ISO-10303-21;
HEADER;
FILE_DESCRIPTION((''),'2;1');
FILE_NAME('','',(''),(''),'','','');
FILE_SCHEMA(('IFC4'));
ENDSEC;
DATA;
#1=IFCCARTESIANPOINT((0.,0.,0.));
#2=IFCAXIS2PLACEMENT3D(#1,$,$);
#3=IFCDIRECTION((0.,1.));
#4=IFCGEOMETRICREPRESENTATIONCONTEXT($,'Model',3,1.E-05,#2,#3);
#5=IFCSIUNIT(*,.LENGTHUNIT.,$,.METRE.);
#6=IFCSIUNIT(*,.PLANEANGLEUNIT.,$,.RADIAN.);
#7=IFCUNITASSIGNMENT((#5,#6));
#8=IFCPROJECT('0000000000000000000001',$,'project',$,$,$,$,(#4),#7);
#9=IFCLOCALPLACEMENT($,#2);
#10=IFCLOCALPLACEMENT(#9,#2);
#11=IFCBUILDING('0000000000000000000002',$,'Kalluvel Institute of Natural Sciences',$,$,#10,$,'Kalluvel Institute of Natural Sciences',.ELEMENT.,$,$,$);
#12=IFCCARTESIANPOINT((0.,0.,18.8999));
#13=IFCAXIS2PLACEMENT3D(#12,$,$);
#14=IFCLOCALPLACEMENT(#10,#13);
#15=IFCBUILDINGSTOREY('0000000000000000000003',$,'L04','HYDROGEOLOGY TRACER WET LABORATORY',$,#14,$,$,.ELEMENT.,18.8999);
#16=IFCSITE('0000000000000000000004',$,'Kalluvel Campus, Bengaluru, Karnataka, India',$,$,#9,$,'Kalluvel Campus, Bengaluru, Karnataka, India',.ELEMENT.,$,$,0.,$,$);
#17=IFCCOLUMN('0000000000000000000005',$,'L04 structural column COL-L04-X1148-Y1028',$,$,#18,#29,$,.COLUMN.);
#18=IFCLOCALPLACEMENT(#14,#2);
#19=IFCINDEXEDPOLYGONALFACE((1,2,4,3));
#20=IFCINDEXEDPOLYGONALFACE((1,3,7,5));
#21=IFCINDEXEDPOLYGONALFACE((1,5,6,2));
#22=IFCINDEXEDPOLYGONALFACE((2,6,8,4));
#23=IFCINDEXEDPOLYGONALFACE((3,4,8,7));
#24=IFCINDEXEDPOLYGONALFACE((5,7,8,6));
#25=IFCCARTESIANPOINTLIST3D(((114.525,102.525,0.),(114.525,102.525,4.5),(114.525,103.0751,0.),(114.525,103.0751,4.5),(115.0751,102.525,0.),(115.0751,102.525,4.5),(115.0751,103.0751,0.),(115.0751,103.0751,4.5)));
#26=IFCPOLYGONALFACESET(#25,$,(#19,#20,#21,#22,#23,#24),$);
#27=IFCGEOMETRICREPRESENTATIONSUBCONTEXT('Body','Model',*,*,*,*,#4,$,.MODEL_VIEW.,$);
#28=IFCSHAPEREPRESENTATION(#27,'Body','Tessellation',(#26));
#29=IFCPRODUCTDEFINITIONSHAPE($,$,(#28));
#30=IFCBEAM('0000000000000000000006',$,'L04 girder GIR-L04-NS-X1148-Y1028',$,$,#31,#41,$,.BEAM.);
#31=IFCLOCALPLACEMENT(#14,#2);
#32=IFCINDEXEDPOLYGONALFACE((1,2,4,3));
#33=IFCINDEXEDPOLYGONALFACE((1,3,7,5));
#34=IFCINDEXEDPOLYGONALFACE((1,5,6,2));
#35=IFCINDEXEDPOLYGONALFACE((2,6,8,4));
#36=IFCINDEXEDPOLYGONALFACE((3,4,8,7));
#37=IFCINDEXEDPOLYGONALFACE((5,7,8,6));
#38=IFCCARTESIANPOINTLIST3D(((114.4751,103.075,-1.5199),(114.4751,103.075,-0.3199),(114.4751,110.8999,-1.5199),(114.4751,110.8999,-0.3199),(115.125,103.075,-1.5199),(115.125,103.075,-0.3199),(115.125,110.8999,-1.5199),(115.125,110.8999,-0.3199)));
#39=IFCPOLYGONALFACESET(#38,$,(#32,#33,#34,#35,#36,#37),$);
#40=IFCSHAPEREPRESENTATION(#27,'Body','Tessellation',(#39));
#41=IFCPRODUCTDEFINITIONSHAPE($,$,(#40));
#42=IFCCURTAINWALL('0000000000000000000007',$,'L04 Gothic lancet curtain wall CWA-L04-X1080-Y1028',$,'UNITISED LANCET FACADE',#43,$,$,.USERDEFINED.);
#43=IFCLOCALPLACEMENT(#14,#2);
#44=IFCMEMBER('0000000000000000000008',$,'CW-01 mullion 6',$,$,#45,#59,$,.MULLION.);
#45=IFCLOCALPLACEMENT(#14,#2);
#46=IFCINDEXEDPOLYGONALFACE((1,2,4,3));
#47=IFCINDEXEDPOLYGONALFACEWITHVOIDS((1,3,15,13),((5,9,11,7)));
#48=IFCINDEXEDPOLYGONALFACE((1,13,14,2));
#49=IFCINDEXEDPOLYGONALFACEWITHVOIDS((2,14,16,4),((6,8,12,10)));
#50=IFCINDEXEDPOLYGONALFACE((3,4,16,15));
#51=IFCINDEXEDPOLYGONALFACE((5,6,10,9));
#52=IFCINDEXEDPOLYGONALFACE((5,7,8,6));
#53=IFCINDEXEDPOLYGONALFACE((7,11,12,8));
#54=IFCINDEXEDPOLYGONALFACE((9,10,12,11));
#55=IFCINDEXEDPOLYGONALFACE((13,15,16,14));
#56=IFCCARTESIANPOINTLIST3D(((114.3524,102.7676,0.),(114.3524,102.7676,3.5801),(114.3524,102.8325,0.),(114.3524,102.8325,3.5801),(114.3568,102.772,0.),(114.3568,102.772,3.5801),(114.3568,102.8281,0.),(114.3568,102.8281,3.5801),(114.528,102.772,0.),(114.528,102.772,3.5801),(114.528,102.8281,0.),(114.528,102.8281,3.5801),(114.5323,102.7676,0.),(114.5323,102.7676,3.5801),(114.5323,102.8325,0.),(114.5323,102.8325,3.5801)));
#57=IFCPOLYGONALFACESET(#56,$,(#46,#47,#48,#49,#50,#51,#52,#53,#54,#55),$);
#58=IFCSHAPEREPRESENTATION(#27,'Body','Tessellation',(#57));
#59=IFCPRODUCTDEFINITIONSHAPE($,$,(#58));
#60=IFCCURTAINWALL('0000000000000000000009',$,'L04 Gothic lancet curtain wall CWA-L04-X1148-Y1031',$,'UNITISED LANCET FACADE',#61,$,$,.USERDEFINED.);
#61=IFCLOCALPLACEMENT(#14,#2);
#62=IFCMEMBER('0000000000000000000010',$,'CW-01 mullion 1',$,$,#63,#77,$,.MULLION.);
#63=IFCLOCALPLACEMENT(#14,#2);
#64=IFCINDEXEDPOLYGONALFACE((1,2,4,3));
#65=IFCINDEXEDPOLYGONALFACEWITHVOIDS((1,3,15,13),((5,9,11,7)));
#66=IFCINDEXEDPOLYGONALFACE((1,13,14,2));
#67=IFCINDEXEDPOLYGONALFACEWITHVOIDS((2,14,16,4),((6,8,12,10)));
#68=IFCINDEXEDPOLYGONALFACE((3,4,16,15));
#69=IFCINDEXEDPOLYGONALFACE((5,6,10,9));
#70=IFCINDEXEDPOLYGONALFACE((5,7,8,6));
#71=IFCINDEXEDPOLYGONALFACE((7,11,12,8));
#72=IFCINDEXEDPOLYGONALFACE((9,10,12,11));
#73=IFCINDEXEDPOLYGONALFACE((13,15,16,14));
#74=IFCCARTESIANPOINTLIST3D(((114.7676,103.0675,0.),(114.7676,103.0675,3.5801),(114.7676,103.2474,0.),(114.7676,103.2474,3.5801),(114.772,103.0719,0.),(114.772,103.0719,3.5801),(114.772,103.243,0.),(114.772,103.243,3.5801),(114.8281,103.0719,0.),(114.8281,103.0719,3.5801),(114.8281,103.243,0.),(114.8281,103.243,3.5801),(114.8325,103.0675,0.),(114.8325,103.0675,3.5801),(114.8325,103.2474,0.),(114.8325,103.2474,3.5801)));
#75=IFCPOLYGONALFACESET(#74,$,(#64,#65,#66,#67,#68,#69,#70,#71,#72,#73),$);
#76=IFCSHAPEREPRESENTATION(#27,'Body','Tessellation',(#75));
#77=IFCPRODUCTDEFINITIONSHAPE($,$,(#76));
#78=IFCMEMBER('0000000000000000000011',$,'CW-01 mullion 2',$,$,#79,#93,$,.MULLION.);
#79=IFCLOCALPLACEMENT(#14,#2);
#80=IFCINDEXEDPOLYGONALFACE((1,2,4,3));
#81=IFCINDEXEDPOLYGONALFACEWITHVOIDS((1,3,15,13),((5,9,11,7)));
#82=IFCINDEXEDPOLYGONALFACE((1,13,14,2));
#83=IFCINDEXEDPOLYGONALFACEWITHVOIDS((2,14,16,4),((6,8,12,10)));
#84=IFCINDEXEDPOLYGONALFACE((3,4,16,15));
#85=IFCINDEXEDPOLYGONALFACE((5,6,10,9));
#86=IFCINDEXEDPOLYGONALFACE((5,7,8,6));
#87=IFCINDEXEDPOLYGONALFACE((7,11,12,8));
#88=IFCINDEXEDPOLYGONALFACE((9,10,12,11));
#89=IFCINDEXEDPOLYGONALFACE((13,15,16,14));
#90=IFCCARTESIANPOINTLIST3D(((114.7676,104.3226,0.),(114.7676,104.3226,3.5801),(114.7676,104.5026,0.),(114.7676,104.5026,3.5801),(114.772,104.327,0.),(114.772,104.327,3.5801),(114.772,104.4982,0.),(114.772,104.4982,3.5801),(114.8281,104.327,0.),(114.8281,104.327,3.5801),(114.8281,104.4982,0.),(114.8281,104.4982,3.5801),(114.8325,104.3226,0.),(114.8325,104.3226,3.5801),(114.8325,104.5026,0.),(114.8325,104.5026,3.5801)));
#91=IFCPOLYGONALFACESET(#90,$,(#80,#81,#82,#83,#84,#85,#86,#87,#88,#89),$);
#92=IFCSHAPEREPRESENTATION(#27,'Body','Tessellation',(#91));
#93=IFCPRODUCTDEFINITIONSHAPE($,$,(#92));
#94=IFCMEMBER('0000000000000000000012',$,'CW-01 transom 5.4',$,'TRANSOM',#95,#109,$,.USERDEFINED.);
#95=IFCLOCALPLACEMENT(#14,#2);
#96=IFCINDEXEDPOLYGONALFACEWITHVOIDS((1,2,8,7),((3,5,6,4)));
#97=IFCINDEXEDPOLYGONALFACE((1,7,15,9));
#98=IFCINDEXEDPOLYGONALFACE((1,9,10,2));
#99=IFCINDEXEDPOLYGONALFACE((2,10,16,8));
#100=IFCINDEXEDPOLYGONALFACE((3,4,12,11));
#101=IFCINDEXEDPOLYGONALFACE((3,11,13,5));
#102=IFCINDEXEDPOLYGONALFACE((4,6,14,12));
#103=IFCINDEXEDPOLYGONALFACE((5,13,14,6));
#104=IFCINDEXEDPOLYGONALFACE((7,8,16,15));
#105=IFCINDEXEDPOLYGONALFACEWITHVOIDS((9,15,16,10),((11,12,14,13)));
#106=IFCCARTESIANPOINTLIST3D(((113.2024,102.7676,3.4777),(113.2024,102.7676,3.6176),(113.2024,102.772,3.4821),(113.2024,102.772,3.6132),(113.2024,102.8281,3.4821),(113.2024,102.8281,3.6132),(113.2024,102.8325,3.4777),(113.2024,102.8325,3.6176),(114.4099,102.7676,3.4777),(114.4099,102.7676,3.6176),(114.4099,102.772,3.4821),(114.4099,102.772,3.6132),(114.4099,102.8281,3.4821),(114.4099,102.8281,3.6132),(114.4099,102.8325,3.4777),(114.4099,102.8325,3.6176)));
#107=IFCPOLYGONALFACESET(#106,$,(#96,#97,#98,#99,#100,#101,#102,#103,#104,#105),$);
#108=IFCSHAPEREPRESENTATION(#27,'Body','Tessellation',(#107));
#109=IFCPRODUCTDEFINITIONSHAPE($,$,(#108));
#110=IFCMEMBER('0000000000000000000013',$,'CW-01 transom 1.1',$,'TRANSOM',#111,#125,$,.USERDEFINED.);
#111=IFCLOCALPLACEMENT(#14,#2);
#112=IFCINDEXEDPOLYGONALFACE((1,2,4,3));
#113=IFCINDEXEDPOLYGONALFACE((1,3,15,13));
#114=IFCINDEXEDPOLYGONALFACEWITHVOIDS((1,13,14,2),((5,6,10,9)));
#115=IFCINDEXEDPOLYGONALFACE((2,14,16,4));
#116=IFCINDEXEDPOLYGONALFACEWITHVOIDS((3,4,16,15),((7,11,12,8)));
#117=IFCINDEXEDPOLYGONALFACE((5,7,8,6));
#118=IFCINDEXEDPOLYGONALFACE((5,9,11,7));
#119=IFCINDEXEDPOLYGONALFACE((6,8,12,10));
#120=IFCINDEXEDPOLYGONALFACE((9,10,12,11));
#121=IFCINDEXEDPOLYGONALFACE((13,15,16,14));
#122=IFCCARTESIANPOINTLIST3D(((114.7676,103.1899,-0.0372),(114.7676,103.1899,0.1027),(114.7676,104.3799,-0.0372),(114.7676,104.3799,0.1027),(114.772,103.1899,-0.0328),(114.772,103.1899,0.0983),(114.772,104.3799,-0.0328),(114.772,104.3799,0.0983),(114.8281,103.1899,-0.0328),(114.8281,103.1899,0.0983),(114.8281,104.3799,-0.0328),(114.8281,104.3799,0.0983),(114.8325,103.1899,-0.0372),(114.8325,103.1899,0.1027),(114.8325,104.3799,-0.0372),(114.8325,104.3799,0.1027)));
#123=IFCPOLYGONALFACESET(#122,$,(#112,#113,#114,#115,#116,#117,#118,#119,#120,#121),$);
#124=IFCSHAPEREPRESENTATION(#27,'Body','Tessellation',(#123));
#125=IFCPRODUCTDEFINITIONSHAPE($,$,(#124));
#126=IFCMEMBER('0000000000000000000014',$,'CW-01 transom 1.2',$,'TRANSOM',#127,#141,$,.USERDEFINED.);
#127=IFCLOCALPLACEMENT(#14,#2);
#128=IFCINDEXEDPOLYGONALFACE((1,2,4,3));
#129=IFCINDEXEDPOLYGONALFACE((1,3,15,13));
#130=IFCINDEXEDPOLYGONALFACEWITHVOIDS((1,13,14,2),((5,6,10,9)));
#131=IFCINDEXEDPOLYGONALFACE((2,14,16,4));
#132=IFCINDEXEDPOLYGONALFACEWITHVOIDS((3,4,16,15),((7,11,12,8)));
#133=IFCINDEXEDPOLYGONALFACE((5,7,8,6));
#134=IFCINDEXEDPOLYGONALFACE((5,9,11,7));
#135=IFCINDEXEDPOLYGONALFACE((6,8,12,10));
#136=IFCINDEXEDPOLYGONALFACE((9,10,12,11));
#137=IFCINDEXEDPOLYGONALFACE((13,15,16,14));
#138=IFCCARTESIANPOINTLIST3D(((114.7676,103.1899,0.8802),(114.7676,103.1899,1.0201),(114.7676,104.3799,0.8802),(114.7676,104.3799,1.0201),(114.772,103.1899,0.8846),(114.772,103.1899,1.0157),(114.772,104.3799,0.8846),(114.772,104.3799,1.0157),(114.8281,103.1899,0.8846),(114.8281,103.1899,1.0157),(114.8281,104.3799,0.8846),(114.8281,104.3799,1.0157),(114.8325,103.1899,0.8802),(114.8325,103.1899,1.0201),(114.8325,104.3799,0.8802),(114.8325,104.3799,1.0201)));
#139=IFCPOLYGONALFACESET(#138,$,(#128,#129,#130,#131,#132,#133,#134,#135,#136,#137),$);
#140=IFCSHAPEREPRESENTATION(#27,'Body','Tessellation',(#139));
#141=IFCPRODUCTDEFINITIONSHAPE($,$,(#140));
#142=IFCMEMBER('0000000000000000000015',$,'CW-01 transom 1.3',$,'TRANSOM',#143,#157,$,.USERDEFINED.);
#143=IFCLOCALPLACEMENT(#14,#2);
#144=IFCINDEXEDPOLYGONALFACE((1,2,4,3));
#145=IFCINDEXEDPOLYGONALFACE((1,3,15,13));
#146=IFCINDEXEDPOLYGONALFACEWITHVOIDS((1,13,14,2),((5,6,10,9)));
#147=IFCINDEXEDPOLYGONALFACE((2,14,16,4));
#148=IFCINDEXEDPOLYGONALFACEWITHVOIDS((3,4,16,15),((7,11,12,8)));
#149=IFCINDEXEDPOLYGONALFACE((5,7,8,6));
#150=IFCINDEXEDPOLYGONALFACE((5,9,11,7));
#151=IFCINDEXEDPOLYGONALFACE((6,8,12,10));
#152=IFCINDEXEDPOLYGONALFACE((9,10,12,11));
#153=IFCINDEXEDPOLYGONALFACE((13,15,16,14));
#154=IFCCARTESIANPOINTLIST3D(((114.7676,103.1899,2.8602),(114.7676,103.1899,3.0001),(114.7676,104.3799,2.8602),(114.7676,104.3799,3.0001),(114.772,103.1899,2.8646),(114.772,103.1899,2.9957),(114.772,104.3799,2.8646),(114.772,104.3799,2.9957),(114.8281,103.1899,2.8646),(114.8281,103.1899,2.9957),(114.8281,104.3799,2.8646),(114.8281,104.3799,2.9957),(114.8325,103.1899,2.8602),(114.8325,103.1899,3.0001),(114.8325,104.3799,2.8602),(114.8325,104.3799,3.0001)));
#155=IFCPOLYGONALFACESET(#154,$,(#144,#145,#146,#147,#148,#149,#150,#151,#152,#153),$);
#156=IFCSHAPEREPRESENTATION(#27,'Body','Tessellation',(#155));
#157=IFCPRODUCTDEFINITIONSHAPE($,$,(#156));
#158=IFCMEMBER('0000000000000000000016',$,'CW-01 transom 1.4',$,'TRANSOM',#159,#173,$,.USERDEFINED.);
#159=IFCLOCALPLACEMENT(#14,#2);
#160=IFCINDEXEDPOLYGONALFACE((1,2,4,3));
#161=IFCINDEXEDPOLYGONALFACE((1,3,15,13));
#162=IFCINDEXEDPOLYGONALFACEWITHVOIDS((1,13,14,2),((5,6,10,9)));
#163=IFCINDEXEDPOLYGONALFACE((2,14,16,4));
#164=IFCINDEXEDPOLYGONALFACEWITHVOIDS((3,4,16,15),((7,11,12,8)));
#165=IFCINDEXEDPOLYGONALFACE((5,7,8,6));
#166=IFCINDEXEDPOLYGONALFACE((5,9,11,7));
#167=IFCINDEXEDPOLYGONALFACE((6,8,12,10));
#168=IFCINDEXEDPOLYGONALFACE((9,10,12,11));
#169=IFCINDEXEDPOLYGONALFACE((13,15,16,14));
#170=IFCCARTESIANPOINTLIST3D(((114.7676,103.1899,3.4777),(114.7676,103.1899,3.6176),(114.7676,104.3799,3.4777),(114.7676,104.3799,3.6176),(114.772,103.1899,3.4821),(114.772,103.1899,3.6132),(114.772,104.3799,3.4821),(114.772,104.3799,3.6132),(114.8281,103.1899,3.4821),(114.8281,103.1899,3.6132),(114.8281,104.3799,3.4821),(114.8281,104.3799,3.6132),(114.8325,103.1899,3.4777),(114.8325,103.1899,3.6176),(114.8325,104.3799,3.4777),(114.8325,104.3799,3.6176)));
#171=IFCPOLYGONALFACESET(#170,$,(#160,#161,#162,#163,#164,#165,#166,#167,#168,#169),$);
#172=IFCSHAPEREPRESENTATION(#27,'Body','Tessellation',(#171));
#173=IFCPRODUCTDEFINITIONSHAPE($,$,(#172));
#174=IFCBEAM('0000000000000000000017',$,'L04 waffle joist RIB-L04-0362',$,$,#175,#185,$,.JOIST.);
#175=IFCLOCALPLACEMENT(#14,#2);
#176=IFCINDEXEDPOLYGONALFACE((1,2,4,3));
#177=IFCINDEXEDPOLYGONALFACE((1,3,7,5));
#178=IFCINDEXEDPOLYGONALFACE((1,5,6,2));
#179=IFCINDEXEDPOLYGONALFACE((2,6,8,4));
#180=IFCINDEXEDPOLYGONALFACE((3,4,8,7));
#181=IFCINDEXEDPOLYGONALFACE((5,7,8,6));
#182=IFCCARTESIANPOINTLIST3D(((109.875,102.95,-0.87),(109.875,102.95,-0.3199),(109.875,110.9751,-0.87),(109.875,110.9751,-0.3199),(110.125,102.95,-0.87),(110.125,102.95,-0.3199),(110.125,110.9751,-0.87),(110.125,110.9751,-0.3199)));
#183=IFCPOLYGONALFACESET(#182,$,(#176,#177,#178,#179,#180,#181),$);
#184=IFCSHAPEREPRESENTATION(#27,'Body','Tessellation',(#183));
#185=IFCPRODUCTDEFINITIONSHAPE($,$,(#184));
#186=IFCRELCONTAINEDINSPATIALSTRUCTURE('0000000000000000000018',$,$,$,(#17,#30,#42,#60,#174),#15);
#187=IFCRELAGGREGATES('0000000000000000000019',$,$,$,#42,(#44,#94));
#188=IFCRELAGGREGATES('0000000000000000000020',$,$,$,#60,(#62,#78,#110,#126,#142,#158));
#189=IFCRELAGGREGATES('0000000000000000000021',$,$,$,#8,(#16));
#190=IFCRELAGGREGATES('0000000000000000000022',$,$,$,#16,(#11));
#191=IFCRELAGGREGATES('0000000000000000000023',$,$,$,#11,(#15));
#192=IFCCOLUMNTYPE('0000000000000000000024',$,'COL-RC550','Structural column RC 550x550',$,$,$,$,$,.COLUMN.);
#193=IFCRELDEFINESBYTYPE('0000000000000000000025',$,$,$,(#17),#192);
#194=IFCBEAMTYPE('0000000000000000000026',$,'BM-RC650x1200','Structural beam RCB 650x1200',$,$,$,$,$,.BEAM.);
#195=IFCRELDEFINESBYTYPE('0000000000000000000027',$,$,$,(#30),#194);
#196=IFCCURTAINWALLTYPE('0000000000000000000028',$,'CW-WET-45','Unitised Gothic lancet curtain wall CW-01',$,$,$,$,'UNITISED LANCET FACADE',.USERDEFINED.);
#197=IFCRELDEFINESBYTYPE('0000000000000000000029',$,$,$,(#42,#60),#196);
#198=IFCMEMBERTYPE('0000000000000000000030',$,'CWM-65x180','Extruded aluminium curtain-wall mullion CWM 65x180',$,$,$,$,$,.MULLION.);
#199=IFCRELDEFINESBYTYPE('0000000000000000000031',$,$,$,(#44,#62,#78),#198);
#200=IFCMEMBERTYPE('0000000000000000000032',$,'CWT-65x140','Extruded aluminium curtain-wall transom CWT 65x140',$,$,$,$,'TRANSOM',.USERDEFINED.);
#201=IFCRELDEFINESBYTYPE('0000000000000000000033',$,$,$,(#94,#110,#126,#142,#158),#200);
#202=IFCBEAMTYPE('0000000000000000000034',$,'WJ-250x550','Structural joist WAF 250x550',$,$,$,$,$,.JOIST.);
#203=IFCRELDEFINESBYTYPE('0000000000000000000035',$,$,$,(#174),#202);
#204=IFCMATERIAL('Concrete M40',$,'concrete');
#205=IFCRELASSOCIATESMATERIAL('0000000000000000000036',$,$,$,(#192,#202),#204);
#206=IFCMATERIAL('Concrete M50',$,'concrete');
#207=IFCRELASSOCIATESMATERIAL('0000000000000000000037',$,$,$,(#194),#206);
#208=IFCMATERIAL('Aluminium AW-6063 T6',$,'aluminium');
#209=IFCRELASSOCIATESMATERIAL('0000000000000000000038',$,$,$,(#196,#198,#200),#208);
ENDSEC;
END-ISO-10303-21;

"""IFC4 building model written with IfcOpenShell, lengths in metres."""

from ifc_helpers import new_model, si_unit, direction, frame, origin, origin_2d, place, context, subcontext, project, spatial, rectangle, hollow_rectangle, extrude, material, material_profile, profile_set, type_object, element, aggregate, save


model = new_model("IFC4")

# Units and contexts
model_context = context("Model", 3, precision=1e-05, world=origin(), true_north=direction((0.0, 1.0)))
body_context = subcontext(model_context, "Body", "Model", "MODEL_VIEW")
ifc_project = project(units=[si_unit("LENGTHUNIT", "METRE"), si_unit("PLANEANGLEUNIT", "RADIAN")], contexts=[model_context])

# Site, building, storey
site_placement = place(None, origin())
site = spatial("IfcSite", under=ifc_project, at=site_placement, Name="Kalluvel Campus, Bengaluru, Karnataka, India", LongName="Kalluvel Campus, Bengaluru, Karnataka, India", CompositionType="ELEMENT", RefElevation=0.0)
building_placement = place(site_placement, origin())
building = spatial("IfcBuilding", under=site, at=building_placement, Name="Kalluvel Institute of Natural Sciences", LongName="Kalluvel Institute of Natural Sciences", CompositionType="ELEMENT")
storey_placement = place(building_placement, frame((0.0, 0.0, 18.8999)))
storey = spatial("IfcBuildingStorey", under=building, at=storey_placement, Name="L04", Description="HYDROGEOLOGY TRACER WET LABORATORY", CompositionType="ELEMENT", Elevation=18.8999)

# Column
ifc_material_1 = material(Name="Concrete M40", Category="concrete")
ifc_material_profile_1 = material_profile(ifc_material_1, rectangle(XDim=0.55, YDim=0.55, at=origin_2d()), Name="RC 550x550")
ifc_profile_set_1 = profile_set([ifc_material_profile_1], Name="Concrete M40")
column_type = type_object("IfcColumnType", Name="COL-RC550", Description="Structural column RC 550x550", PredefinedType="COLUMN", material=ifc_profile_set_1)
column_placement = place(storey_placement, frame((114.8, 102.8, 0.0), z_axis=(0.0, 0.0, 1.0), x_axis=(1.0, 0.0, 0.0)))
element("IfcColumn", 1, at=column_placement, inside=storey, type_object=column_type, Name="L04 structural column COL-L04-X1148-Y1028", PredefinedType="COLUMN", context=body_context, shape_type="SweptSolid", body=[
    extrude(rectangle(XDim=0.55, YDim=0.55, at=origin_2d()), origin(), (0.0, 0.0, 1.0), 4.5),
])

# Beam
ifc_material_2 = material(Name="Concrete M50", Category="concrete")
ifc_material_profile_2 = material_profile(ifc_material_2, rectangle(XDim=0.6499, YDim=1.2, at=origin_2d()), Name="RCB 650x1200")
ifc_profile_set_2 = profile_set([ifc_material_profile_2], Name="Concrete M50")
beam_type_1 = type_object("IfcBeamType", Name="BM-RC650x1200", Description="Structural beam RCB 650x1200", PredefinedType="BEAM", material=ifc_profile_set_2)
beam_1_placement = place(storey_placement, frame((114.8, 103.075, -0.9199), z_axis=(0.0, 1.0, 0.0), x_axis=(-1.0, 0.0, 0.0)))
element("IfcBeam", 2, at=beam_1_placement, inside=storey, type_object=beam_type_1, Name="L04 girder GIR-L04-NS-X1148-Y1028", PredefinedType="BEAM", context=body_context, shape_type="SweptSolid", body=[
    extrude(rectangle(XDim=0.6499, YDim=1.2, at=origin_2d()), origin(), (0.0, 0.0, 1.0), 7.825),
])

# Curtain wall, member
ifc_material_3 = material(Name="Aluminium AW-6063 T6", Category="aluminium")
curtain_wall_type = type_object("IfcCurtainWallType", Name="CW-WET-45", Description="Unitised Gothic lancet curtain wall CW-01", ElementType="UNITISED LANCET FACADE", PredefinedType="USERDEFINED", material=ifc_material_3)
curtain_wall_1_placement = place(storey_placement, origin())
curtain_wall_1 = element("IfcCurtainWall", 3, at=curtain_wall_1_placement, inside=storey, type_object=curtain_wall_type, Name="L04 Gothic lancet curtain wall CWA-L04-X1080-Y1028", ObjectType="UNITISED LANCET FACADE", PredefinedType="USERDEFINED")
ifc_material_profile_3 = material_profile(ifc_material_3, hollow_rectangle(XDim=0.0649, YDim=0.1799, WallThickness=0.0044, at=origin_2d()), Name="CWM 65x180")
ifc_profile_set_3 = profile_set([ifc_material_profile_3], Name="Aluminium AW-6063 T6")
member_type_1 = type_object("IfcMemberType", Name="CWM-65x180", Description="Extruded aluminium curtain-wall mullion CWM 65x180", PredefinedType="MULLION", material=ifc_profile_set_3)
member_1_placement = place(storey_placement, frame((114.4424, 102.8, 0.0), z_axis=(0.0, 0.0, 1.0), x_axis=(0.0, 1.0, 0.0)))
member_1 = element("IfcMember", 4, at=member_1_placement, type_object=member_type_1, Name="CW-01 mullion 6", PredefinedType="MULLION", context=body_context, shape_type="SweptSolid", body=[
    extrude(hollow_rectangle(XDim=0.0649, YDim=0.1799, WallThickness=0.0044, at=origin_2d()), origin(), (0.0, 0.0, 1.0), 3.5801),
])

# Curtain wall, members
curtain_wall_2_placement = place(storey_placement, origin())
curtain_wall_2 = element("IfcCurtainWall", 5, at=curtain_wall_2_placement, inside=storey, type_object=curtain_wall_type, Name="L04 Gothic lancet curtain wall CWA-L04-X1148-Y1031", ObjectType="UNITISED LANCET FACADE", PredefinedType="USERDEFINED")
member_2_placement = place(storey_placement, frame((114.8, 103.1575, 0.0), z_axis=(0.0, 0.0, 1.0), x_axis=(-1.0, 0.0, 0.0)))
member_2 = element("IfcMember", 6, at=member_2_placement, type_object=member_type_1, Name="CW-01 mullion 1", PredefinedType="MULLION", context=body_context, shape_type="SweptSolid", body=[
    extrude(hollow_rectangle(XDim=0.0649, YDim=0.1799, WallThickness=0.0044, at=origin_2d()), origin(), (0.0, 0.0, 1.0), 3.5801),
])
member_3_placement = place(storey_placement, frame((114.8, 104.4126, 0.0), z_axis=(0.0, 0.0, 1.0), x_axis=(-1.0, 0.0, 0.0)))
member_3 = element("IfcMember", 7, at=member_3_placement, type_object=member_type_1, Name="CW-01 mullion 2", PredefinedType="MULLION", context=body_context, shape_type="SweptSolid", body=[
    extrude(hollow_rectangle(XDim=0.0649, YDim=0.1799, WallThickness=0.0044, at=origin_2d()), origin(), (0.0, 0.0, 1.0), 3.5801),
])

# Members
ifc_material_profile_4 = material_profile(ifc_material_3, hollow_rectangle(XDim=0.0649, YDim=0.1399, WallThickness=0.0044, at=origin_2d()), Name="CWT 65x140")
ifc_profile_set_4 = profile_set([ifc_material_profile_4], Name="Aluminium AW-6063 T6")
member_type_2 = type_object("IfcMemberType", Name="CWT-65x140", Description="Extruded aluminium curtain-wall transom CWT 65x140", ElementType="TRANSOM", PredefinedType="USERDEFINED", material=ifc_profile_set_4)
member_4_placement = place(storey_placement, frame((113.2024, 102.8, 3.5476), z_axis=(1.0, 0.0, 0.0), x_axis=(0.0, 1.0, 0.0)))
member_4 = element("IfcMember", 8, at=member_4_placement, type_object=member_type_2, Name="CW-01 transom 5.4", ObjectType="TRANSOM", PredefinedType="USERDEFINED", context=body_context, shape_type="SweptSolid", body=[
    extrude(hollow_rectangle(XDim=0.0649, YDim=0.1399, WallThickness=0.0044, at=origin_2d()), origin(), (0.0, 0.0, 1.0), 1.2075),
])
member_5_placement = place(storey_placement, frame((114.8, 103.1899, 0.0327), z_axis=(0.0, 1.0, 0.0), x_axis=(-1.0, 0.0, 0.0)))
member_5 = element("IfcMember", 9, at=member_5_placement, type_object=member_type_2, Name="CW-01 transom 1.1", ObjectType="TRANSOM", PredefinedType="USERDEFINED", context=body_context, shape_type="SweptSolid", body=[
    extrude(hollow_rectangle(XDim=0.0649, YDim=0.1399, WallThickness=0.0044, at=origin_2d()), origin(), (0.0, 0.0, 1.0), 1.1899),
])
member_6_placement = place(storey_placement, frame((114.8, 103.1899, 0.9502), z_axis=(0.0, 1.0, 0.0), x_axis=(-1.0, 0.0, 0.0)))
member_6 = element("IfcMember", 10, at=member_6_placement, type_object=member_type_2, Name="CW-01 transom 1.2", ObjectType="TRANSOM", PredefinedType="USERDEFINED", context=body_context, shape_type="SweptSolid", body=[
    extrude(hollow_rectangle(XDim=0.0649, YDim=0.1399, WallThickness=0.0044, at=origin_2d()), origin(), (0.0, 0.0, 1.0), 1.1899),
])
member_7_placement = place(storey_placement, frame((114.8, 103.1899, 2.9302), z_axis=(0.0, 1.0, 0.0), x_axis=(-1.0, 0.0, 0.0)))
member_7 = element("IfcMember", 11, at=member_7_placement, type_object=member_type_2, Name="CW-01 transom 1.3", ObjectType="TRANSOM", PredefinedType="USERDEFINED", context=body_context, shape_type="SweptSolid", body=[
    extrude(hollow_rectangle(XDim=0.0649, YDim=0.1399, WallThickness=0.0044, at=origin_2d()), origin(), (0.0, 0.0, 1.0), 1.1899),
])
member_8_placement = place(storey_placement, frame((114.8, 103.1899, 3.5476), z_axis=(0.0, 1.0, 0.0), x_axis=(-1.0, 0.0, 0.0)))
member_8 = element("IfcMember", 12, at=member_8_placement, type_object=member_type_2, Name="CW-01 transom 1.4", ObjectType="TRANSOM", PredefinedType="USERDEFINED", context=body_context, shape_type="SweptSolid", body=[
    extrude(hollow_rectangle(XDim=0.0649, YDim=0.1399, WallThickness=0.0044, at=origin_2d()), origin(), (0.0, 0.0, 1.0), 1.1899),
])

# Beam
ifc_material_profile_5 = material_profile(ifc_material_1, rectangle(XDim=0.25, YDim=0.55, at=origin_2d()), Name="WAF 250x550")
ifc_profile_set_5 = profile_set([ifc_material_profile_5], Name="Concrete M40")
beam_type_2 = type_object("IfcBeamType", Name="WJ-250x550", Description="Structural joist WAF 250x550", PredefinedType="JOIST", material=ifc_profile_set_5)
beam_2_placement = place(storey_placement, frame((110.0, 102.95, -0.595), z_axis=(0.0, 1.0, 0.0), x_axis=(-1.0, 0.0, 0.0)))
element("IfcBeam", 13, at=beam_2_placement, inside=storey, type_object=beam_type_2, Name="L04 waffle joist RIB-L04-0362", PredefinedType="JOIST", context=body_context, shape_type="SweptSolid", body=[
    extrude(rectangle(XDim=0.25, YDim=0.55, at=origin_2d()), origin(), (0.0, 0.0, 1.0), 8.0251),
])

aggregate(curtain_wall_1, [member_1, member_4])
aggregate(curtain_wall_2, [member_2, member_3, member_5, member_6, member_7, member_8])

save(model, "model.ifc")
